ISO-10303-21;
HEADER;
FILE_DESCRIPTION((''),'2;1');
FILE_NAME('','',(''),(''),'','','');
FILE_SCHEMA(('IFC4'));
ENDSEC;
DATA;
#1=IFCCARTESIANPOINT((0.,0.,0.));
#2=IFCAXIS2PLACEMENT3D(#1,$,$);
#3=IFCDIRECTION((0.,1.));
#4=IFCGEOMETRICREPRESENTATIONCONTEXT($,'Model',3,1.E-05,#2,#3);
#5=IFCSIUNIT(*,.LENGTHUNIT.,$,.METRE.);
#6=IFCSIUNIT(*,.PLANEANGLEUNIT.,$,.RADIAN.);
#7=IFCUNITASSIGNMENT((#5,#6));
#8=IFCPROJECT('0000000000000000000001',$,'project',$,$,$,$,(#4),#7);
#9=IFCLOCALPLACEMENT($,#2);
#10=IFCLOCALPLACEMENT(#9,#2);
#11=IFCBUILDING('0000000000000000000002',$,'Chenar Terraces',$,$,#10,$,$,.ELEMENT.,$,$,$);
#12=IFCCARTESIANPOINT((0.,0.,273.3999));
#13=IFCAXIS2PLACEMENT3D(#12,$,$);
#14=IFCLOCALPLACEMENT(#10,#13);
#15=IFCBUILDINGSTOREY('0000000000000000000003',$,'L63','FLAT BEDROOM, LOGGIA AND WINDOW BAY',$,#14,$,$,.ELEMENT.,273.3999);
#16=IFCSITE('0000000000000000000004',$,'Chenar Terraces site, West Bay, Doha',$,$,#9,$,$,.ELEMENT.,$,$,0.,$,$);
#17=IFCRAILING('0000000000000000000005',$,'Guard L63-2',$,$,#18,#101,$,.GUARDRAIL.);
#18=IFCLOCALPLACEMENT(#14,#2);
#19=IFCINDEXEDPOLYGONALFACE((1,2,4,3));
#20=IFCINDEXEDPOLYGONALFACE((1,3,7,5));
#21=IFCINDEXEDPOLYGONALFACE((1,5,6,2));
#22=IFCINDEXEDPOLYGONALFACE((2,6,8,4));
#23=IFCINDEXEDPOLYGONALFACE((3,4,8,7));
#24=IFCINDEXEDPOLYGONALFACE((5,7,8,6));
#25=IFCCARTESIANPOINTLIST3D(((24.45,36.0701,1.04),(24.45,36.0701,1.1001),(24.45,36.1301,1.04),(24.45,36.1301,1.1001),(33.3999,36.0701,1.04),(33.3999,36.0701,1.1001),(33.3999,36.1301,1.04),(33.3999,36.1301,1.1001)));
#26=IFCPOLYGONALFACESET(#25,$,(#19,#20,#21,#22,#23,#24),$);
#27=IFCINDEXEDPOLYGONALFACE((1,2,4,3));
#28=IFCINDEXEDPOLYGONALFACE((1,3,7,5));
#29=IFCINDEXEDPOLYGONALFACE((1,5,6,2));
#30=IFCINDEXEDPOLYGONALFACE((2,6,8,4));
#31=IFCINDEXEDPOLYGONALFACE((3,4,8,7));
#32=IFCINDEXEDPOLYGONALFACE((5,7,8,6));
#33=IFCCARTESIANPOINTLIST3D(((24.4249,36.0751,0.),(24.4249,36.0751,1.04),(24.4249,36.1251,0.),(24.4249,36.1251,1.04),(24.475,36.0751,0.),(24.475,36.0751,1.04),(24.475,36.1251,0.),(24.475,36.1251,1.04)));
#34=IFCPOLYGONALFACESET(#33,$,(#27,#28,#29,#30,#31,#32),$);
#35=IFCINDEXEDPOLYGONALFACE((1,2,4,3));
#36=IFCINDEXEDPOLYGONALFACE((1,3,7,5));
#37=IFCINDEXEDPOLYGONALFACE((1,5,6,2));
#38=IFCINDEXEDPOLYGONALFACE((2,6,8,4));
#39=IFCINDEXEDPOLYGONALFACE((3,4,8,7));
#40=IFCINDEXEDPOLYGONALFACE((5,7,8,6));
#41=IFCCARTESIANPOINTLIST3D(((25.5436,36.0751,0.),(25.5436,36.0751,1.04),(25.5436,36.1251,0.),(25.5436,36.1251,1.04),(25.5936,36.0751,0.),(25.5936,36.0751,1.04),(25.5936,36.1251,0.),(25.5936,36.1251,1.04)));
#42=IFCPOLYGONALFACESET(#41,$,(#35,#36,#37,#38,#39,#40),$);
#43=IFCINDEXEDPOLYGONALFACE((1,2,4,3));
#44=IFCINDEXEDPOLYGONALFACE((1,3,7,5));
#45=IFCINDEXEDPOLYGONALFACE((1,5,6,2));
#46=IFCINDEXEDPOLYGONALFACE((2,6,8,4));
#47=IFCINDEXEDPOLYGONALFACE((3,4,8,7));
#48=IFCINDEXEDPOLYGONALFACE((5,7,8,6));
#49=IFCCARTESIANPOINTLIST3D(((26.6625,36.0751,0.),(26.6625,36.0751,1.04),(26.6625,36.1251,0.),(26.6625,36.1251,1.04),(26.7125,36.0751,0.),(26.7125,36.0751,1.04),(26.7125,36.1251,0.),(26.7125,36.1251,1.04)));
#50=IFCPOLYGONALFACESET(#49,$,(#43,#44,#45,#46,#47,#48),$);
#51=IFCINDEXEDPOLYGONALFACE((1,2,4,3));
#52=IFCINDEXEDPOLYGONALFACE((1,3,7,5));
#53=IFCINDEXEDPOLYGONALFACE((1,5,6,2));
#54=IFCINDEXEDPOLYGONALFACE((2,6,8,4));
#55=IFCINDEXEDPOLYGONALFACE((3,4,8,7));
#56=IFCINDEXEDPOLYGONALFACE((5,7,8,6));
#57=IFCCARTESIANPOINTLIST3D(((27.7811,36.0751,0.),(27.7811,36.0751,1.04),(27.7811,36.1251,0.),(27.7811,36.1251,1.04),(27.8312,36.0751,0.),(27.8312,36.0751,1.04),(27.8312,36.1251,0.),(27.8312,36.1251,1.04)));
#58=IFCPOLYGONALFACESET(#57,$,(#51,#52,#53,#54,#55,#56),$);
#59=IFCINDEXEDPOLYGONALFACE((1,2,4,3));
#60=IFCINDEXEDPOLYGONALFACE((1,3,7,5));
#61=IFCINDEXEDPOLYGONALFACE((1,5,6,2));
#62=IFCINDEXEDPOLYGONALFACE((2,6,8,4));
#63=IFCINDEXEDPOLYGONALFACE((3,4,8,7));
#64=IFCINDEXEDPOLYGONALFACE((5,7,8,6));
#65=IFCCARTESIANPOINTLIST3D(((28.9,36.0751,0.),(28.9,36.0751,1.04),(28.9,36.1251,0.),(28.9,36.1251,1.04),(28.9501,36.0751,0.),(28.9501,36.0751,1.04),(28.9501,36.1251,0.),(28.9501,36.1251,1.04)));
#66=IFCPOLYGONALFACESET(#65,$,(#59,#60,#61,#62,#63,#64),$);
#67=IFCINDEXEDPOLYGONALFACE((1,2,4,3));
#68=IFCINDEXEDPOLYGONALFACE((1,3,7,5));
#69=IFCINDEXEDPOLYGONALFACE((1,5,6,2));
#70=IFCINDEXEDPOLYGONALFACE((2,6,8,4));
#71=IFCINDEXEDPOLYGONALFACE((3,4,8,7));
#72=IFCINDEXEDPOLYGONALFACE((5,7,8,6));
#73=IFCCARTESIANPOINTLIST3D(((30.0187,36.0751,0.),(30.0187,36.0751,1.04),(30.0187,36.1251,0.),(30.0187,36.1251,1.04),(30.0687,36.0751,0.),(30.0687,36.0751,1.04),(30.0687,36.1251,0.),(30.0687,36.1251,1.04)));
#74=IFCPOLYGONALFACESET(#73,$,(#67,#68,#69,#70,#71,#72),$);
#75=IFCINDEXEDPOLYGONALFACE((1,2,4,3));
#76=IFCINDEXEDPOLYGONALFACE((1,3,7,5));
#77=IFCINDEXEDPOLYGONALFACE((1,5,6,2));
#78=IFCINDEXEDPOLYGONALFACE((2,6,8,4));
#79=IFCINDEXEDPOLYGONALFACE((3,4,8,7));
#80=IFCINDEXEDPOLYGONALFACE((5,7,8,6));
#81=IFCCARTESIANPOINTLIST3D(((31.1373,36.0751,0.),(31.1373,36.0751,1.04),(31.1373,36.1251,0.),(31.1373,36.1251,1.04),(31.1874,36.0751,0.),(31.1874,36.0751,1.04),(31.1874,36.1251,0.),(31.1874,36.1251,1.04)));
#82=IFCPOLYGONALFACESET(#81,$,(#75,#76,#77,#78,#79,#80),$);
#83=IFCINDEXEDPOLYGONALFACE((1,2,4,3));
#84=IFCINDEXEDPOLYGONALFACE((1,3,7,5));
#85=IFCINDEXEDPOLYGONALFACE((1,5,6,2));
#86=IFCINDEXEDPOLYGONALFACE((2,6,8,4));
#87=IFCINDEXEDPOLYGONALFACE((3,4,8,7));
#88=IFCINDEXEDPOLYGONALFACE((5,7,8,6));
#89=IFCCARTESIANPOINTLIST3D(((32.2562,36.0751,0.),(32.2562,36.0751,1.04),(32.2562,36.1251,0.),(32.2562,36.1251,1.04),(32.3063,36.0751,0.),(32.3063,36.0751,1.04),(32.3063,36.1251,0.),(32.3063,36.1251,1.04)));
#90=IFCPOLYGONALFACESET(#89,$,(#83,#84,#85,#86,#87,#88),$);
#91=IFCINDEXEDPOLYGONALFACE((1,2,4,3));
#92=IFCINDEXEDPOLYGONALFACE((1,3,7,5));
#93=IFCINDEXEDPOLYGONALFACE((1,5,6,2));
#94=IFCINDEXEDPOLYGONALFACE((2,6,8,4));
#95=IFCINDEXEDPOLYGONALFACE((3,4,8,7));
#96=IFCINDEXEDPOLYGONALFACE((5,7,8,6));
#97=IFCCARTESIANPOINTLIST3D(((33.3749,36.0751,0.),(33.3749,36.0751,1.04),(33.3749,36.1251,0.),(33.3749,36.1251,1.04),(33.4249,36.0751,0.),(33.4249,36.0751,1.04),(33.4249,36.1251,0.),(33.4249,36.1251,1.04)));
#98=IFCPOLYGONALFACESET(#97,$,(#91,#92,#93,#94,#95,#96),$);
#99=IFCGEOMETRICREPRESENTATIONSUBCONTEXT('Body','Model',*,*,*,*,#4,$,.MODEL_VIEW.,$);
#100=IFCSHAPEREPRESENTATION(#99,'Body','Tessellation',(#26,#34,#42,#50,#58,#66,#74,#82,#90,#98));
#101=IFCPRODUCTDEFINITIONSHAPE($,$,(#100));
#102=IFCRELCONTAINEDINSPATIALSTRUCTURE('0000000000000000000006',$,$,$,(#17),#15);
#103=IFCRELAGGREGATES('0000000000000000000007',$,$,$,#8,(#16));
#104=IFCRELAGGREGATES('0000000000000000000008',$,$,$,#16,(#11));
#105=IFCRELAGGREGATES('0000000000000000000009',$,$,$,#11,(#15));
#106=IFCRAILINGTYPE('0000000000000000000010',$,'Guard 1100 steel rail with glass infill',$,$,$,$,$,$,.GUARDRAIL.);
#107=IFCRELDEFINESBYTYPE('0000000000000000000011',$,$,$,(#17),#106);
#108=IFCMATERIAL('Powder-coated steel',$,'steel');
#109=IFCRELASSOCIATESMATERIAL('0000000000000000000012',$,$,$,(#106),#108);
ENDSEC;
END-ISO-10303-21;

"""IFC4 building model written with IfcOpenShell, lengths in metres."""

from ifc_helpers import new_model, si_unit, direction, frame, origin, origin_2d, place, context, subcontext, project, spatial, rectangle, extrude, material, type_object, element, save


model = new_model("IFC4")

# Units and contexts
model_context = context("Model", 3, precision=1e-05, world=origin(), true_north=direction((0.0, 1.0)))
body_context = subcontext(model_context, "Body", "Model", "MODEL_VIEW")
ifc_project = project(units=[si_unit("LENGTHUNIT", "METRE"), si_unit("PLANEANGLEUNIT", "RADIAN")], contexts=[model_context])

# Site, building, storey
site_placement = place(None, origin())
site = spatial("IfcSite", under=ifc_project, at=site_placement, Name="Chenar Terraces site, West Bay, Doha", CompositionType="ELEMENT", RefElevation=0.0)
building_placement = place(site_placement, origin())
building = spatial("IfcBuilding", under=site, at=building_placement, Name="Chenar Terraces", CompositionType="ELEMENT")
storey_placement = place(building_placement, frame((0.0, 0.0, 273.3999)))
storey = spatial("IfcBuildingStorey", under=building, at=storey_placement, Name="L63", Description="FLAT BEDROOM, LOGGIA AND WINDOW BAY", CompositionType="ELEMENT", Elevation=273.3999)

# Railing
ifc_material_1 = material(Name="Powder-coated steel", Category="steel")
railing_type = type_object("IfcRailingType", Name="Guard 1100 steel rail with glass infill", PredefinedType="GUARDRAIL", material=ifc_material_1)
railing_1_placement = place(storey_placement, frame((24.45, 36.1001, 0.0)))
element("IfcRailing", 1, at=railing_1_placement, inside=storey, type_object=railing_type, Name="Guard L63-2", PredefinedType="GUARDRAIL", context=body_context, shape_type="SweptSolid", body=[
    extrude(rectangle(XDim=0.0601, YDim=0.0601, at=origin_2d()), frame((0.0, 0.0, 1.0701), z_axis=(1.0, 0.0, 0.0), x_axis=(0.0, 1.0, 0.0)), (0.0, 0.0, 1.0), 8.95),
    extrude(rectangle(XDim=0.05, YDim=0.05, at=origin_2d()), origin(), (0.0, 0.0, 1.0), 1.04),
    extrude(rectangle(XDim=0.05, YDim=0.05, at=origin_2d()), frame((1.1187, 0.0, 0.0)), (0.0, 0.0, 1.0), 1.04),
    extrude(rectangle(XDim=0.05, YDim=0.05, at=origin_2d()), frame((2.2375, 0.0, 0.0)), (0.0, 0.0, 1.0), 1.04),
    extrude(rectangle(XDim=0.05, YDim=0.05, at=origin_2d()), frame((3.3562, 0.0, 0.0)), (0.0, 0.0, 1.0), 1.04),
    extrude(rectangle(XDim=0.05, YDim=0.05, at=origin_2d()), frame((4.4751, 0.0, 0.0)), (0.0, 0.0, 1.0), 1.04),
    extrude(rectangle(XDim=0.05, YDim=0.05, at=origin_2d()), frame((5.5938, 0.0, 0.0)), (0.0, 0.0, 1.0), 1.04),
    extrude(rectangle(XDim=0.05, YDim=0.05, at=origin_2d()), frame((6.7124, 0.0, 0.0)), (0.0, 0.0, 1.0), 1.04),
    extrude(rectangle(XDim=0.05, YDim=0.05, at=origin_2d()), frame((7.8313, 0.0, 0.0)), (0.0, 0.0, 1.0), 1.04),
    extrude(rectangle(XDim=0.05, YDim=0.05, at=origin_2d()), frame((8.95, 0.0, 0.0)), (0.0, 0.0, 1.0), 1.04),
])

save(model, "model.ifc")
